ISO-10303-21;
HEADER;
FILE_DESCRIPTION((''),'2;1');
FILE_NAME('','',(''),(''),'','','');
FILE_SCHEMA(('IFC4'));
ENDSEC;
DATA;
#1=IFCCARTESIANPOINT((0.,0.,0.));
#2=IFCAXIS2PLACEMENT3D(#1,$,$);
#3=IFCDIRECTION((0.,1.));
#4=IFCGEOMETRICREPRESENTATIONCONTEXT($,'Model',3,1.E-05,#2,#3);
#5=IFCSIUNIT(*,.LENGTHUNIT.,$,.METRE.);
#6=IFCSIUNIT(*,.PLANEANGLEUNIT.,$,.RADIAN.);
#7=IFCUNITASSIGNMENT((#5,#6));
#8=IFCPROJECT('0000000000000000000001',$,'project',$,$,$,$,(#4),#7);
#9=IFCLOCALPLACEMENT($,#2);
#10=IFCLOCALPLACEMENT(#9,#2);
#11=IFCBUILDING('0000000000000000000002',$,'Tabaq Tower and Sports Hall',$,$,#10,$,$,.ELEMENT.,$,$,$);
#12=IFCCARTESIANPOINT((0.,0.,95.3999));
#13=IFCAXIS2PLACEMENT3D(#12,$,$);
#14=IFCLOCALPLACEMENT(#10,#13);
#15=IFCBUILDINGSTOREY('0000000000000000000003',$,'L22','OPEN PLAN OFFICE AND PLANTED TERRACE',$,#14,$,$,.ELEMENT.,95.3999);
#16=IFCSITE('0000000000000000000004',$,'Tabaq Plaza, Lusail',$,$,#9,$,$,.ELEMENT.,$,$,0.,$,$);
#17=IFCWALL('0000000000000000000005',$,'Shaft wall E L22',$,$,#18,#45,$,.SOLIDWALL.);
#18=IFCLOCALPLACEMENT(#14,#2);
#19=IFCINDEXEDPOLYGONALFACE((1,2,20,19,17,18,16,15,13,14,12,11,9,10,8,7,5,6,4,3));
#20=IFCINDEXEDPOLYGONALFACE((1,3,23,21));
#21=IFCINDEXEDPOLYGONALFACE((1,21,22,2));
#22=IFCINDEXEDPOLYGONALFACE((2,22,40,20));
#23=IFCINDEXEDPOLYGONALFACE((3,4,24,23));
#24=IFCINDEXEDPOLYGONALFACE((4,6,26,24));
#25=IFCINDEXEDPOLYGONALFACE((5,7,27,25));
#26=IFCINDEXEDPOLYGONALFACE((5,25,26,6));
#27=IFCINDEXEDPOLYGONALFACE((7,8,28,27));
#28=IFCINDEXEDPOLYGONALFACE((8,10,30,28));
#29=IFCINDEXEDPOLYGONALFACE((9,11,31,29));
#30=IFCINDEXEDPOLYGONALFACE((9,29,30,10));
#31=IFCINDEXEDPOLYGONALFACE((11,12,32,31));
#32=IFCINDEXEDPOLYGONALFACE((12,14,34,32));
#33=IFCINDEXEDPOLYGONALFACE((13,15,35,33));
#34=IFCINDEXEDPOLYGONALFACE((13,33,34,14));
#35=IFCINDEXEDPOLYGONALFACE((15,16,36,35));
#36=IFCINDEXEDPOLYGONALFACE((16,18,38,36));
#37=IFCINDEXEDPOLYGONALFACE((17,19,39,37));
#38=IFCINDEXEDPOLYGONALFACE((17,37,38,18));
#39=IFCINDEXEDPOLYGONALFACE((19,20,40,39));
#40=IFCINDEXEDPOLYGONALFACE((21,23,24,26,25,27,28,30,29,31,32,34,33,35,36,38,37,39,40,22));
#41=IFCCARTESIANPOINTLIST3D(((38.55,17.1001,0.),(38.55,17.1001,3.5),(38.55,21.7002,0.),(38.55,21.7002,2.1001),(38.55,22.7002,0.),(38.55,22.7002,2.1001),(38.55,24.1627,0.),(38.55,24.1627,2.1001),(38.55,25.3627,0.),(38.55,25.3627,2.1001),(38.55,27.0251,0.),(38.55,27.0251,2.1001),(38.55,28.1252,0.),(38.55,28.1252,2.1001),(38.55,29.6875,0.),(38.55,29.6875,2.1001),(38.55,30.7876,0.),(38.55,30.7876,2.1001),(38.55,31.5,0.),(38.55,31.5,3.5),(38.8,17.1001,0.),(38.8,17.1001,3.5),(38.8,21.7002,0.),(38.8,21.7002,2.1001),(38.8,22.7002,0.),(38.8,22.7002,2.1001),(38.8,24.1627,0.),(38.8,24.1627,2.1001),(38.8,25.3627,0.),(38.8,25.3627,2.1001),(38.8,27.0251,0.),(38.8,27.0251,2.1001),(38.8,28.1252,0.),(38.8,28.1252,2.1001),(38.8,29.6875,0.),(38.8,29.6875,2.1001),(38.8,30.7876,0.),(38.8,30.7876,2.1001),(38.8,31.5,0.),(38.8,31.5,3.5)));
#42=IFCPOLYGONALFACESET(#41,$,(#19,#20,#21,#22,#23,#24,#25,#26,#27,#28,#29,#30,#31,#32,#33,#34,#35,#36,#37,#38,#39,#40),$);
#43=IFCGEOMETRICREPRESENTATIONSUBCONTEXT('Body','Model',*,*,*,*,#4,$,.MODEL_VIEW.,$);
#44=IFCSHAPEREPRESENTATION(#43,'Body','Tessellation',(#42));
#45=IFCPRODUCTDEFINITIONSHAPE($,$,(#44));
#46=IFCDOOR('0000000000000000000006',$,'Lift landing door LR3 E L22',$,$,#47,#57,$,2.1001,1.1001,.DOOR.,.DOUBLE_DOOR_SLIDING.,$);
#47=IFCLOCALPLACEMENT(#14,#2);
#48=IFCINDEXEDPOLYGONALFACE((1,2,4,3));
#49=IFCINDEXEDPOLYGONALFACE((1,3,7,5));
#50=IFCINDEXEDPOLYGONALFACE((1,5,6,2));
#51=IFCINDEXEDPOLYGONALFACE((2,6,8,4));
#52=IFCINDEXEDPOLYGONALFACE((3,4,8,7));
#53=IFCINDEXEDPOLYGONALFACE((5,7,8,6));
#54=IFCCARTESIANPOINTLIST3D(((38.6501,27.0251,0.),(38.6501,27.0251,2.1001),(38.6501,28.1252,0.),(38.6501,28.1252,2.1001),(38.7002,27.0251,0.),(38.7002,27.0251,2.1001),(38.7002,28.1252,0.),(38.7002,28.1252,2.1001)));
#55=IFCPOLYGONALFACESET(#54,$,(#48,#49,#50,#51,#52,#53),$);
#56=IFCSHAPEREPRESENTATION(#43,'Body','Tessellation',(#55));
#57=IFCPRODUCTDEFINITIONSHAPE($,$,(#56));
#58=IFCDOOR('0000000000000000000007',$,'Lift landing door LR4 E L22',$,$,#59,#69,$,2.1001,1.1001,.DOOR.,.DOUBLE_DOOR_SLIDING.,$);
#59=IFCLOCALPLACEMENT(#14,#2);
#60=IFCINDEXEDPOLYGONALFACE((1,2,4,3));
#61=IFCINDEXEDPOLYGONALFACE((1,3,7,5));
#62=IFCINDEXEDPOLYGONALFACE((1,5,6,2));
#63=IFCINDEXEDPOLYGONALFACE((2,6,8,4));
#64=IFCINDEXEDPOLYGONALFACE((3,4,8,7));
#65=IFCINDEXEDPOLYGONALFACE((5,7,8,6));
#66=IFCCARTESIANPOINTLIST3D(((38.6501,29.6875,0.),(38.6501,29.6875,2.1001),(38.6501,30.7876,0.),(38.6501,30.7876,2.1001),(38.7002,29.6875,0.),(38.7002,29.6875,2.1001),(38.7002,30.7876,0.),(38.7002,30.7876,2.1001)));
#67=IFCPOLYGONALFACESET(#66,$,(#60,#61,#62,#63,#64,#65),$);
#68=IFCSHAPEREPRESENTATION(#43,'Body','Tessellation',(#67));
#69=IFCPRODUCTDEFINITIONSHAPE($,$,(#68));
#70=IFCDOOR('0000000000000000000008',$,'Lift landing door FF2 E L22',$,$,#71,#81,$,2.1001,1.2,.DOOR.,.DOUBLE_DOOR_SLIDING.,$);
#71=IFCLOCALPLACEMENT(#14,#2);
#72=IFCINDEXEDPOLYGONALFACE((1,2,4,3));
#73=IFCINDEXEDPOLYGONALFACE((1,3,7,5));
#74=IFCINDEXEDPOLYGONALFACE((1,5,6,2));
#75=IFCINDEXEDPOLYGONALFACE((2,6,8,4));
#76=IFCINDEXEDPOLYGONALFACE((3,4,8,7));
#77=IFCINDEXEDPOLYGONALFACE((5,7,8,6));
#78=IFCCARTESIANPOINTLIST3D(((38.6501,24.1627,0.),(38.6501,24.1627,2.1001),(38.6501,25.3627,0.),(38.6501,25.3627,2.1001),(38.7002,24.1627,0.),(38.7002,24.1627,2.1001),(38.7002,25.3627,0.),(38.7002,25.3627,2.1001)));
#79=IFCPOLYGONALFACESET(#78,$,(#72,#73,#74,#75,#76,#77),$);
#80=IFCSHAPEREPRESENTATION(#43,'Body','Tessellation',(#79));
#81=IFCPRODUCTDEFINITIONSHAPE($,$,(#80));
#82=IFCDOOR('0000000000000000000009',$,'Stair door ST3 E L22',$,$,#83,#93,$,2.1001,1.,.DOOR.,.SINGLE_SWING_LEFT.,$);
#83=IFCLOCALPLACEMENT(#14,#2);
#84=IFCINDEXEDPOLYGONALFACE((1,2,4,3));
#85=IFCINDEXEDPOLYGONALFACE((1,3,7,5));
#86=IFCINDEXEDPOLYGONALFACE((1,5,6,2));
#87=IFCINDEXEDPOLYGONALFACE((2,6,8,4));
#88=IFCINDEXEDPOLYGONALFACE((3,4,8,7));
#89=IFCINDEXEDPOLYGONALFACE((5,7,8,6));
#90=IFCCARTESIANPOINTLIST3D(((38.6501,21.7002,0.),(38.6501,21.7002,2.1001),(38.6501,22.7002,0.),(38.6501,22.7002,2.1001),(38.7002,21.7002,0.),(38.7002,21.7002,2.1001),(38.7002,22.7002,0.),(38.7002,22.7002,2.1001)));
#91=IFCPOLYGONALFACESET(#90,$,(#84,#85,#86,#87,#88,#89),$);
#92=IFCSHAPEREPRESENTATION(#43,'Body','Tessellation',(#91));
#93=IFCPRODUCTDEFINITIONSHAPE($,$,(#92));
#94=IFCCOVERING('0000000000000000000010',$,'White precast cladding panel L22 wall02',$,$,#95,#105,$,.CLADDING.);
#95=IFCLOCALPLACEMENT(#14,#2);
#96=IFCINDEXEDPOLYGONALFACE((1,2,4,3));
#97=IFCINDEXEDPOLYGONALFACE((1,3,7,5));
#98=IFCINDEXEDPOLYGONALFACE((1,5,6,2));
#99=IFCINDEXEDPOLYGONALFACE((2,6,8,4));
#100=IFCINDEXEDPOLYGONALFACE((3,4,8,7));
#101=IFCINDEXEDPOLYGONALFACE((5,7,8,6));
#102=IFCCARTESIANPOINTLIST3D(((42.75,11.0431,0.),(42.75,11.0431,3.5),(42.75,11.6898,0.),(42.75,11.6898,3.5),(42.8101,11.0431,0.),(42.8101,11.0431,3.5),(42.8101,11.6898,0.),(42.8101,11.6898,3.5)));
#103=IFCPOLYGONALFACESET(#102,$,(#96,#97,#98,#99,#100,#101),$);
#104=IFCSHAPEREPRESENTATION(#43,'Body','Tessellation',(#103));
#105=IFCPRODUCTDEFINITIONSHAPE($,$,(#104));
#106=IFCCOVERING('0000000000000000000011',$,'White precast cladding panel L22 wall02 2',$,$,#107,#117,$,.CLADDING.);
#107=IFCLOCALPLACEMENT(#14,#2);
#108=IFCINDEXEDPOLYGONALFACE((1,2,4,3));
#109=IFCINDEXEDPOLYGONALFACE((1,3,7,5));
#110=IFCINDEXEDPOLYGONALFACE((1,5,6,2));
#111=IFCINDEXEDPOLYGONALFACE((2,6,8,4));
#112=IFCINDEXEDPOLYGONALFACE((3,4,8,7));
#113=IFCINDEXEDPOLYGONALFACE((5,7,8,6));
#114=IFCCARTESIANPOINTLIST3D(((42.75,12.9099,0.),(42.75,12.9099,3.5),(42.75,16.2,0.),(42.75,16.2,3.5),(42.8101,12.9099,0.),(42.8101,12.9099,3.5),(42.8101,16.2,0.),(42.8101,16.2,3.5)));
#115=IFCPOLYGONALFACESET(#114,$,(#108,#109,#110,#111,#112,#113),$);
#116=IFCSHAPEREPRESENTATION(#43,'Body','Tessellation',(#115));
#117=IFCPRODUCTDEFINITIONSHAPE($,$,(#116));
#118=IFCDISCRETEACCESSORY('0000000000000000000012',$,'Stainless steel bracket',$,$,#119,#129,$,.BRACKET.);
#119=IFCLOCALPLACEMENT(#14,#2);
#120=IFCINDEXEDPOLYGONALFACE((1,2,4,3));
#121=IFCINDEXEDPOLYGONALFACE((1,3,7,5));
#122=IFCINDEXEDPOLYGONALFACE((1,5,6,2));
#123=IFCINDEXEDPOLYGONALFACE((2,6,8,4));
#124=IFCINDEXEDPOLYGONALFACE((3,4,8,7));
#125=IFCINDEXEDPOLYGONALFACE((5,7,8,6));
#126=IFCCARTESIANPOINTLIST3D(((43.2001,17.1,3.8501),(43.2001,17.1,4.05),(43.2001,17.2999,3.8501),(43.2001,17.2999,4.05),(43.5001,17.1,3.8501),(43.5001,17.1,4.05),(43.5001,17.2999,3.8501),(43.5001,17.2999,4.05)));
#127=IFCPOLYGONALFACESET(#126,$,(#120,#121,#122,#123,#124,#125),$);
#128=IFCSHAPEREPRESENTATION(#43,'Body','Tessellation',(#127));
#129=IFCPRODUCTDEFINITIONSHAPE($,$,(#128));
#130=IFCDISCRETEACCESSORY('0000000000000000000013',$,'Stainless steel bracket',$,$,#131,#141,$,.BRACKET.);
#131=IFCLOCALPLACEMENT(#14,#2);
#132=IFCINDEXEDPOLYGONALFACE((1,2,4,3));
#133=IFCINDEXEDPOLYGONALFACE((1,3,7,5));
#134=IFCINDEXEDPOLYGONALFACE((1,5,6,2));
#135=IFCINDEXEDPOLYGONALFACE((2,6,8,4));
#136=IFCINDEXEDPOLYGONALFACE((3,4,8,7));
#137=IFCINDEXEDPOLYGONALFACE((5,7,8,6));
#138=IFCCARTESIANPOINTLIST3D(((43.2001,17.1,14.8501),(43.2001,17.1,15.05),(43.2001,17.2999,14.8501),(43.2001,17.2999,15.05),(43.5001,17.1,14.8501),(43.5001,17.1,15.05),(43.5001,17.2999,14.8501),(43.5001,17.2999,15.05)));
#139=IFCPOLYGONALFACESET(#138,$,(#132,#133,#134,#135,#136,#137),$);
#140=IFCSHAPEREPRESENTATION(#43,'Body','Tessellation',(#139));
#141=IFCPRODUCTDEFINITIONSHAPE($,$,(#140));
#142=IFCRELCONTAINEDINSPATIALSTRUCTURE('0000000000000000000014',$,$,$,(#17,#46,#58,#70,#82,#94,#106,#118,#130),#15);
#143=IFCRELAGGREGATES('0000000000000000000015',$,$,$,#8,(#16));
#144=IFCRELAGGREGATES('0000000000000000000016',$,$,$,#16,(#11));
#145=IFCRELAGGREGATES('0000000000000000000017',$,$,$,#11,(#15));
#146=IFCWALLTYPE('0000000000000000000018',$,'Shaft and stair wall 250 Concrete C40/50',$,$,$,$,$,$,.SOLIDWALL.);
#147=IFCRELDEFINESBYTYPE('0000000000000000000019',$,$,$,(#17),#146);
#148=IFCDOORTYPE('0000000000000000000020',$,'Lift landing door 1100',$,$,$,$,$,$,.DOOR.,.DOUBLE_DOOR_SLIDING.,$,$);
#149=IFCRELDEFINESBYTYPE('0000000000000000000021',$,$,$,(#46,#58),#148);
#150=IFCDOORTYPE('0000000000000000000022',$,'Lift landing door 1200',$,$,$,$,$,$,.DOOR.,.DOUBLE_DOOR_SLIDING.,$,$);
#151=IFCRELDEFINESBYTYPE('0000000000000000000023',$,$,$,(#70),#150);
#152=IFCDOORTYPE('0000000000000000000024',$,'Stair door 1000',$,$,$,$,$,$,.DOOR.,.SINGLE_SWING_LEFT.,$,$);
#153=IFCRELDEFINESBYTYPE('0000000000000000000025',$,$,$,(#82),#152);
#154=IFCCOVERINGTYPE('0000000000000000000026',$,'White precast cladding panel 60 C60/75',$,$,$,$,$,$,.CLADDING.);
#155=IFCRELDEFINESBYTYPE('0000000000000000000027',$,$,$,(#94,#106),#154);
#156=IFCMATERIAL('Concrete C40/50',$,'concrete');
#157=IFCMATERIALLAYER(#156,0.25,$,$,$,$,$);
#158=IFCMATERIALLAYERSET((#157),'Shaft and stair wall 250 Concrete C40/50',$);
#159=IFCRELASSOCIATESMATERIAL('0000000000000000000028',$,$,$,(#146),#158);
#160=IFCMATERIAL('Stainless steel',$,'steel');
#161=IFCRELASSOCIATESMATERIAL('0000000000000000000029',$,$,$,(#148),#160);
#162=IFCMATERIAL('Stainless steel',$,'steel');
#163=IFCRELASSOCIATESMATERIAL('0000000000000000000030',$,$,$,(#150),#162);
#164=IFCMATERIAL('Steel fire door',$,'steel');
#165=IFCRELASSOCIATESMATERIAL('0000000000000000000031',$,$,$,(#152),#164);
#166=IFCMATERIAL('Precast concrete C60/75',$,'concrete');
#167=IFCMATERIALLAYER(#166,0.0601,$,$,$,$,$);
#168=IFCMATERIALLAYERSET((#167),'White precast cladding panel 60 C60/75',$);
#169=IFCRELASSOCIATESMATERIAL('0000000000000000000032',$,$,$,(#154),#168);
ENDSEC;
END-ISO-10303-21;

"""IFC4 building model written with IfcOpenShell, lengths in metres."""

from ifc_helpers import new_model, si_unit, direction, frame, frame_2d, origin, origin_2d, place, context, subcontext, project, spatial, rectangle, extrude, material, layer, layer_set, type_object, element, fill, save


model = new_model("IFC4")

# Units and contexts
model_context = context("Model", 3, precision=1e-05, world=origin(), true_north=direction((0.0, 1.0)))
body_context = subcontext(model_context, "Body", "Model", "MODEL_VIEW")
ifc_project = project(units=[si_unit("LENGTHUNIT", "METRE"), si_unit("PLANEANGLEUNIT", "RADIAN")], contexts=[model_context])

# Site, building, storey
site_placement = place(None, origin())
site = spatial("IfcSite", under=ifc_project, at=site_placement, Name="Tabaq Plaza, Lusail", CompositionType="ELEMENT", RefElevation=0.0)
building_placement = place(site_placement, origin())
building = spatial("IfcBuilding", under=site, at=building_placement, Name="Tabaq Tower and Sports Hall", CompositionType="ELEMENT")
storey_placement = place(building_placement, frame((0.0, 0.0, 95.3999)))
storey = spatial("IfcBuildingStorey", under=building, at=storey_placement, Name="L22", Description="OPEN PLAN OFFICE AND PLANTED TERRACE", CompositionType="ELEMENT", Elevation=95.3999)

# Wall, openings, doors
ifc_material_1 = material(Name="Concrete C40/50", Category="concrete")
ifc_layer_1 = layer(ifc_material_1, 0.25)
ifc_layer_set_1 = layer_set([ifc_layer_1], Name="Shaft and stair wall 250 Concrete C40/50")
wall_type_1 = type_object("IfcWallType", Name="Shaft and stair wall 250 Concrete C40/50", PredefinedType="SOLIDWALL", material=ifc_layer_set_1)
wall_1_placement = place(storey_placement, frame((38.675, 17.1001, 0.0), z_axis=(0.0, 0.0, 1.0), x_axis=(0.0, 1.0, 0.0)))
wall_1 = element("IfcWall", 1, at=wall_1_placement, inside=storey, type_object=wall_type_1, Name="Shaft wall E L22", PredefinedType="SOLIDWALL", context=body_context, shape_type="SweptSolid", body=[
    extrude(rectangle(XDim=14.3999, YDim=0.25, at=frame_2d((7.2, 0.0))), origin(), (0.0, 0.0, 1.0), 3.5),
])
opening_1_placement = place(wall_1_placement, frame((4.6001, 0.0, 0.0)))
opening_1 = element("IfcOpeningElement", 2, at=opening_1_placement, cuts=wall_1, PredefinedType="OPENING", context=body_context, shape_type="SweptSolid", body=[
    extrude(rectangle(XDim=1.0, YDim=2.1001, at=frame_2d((0.5, 1.05))), frame((0.0, 0.125, 0.0), z_axis=(0.0, -1.0, 0.0), x_axis=(1.0, 0.0, 0.0)), (0.0, 0.0, 1.0), 0.25),
])
opening_2_placement = place(wall_1_placement, frame((7.0625, 0.0, 0.0)))
opening_2 = element("IfcOpeningElement", 3, at=opening_2_placement, cuts=wall_1, PredefinedType="OPENING", context=body_context, shape_type="SweptSolid", body=[
    extrude(rectangle(XDim=1.2, YDim=2.1001, at=frame_2d((0.6001, 1.05))), frame((0.0, 0.125, 0.0), z_axis=(0.0, -1.0, 0.0), x_axis=(1.0, 0.0, 0.0)), (0.0, 0.0, 1.0), 0.25),
])
opening_3_placement = place(wall_1_placement, frame((9.925, 0.0, 0.0)))
opening_3 = element("IfcOpeningElement", 4, at=opening_3_placement, cuts=wall_1, PredefinedType="OPENING", context=body_context, shape_type="SweptSolid", body=[
    extrude(rectangle(XDim=1.1001, YDim=2.1001, at=frame_2d((0.55, 1.05))), frame((0.0, 0.125, 0.0), z_axis=(0.0, -1.0, 0.0), x_axis=(1.0, 0.0, 0.0)), (0.0, 0.0, 1.0), 0.25),
])
opening_4_placement = place(wall_1_placement, frame((12.5874, 0.0, 0.0)))
opening_4 = element("IfcOpeningElement", 5, at=opening_4_placement, cuts=wall_1, PredefinedType="OPENING", context=body_context, shape_type="SweptSolid", body=[
    extrude(rectangle(XDim=1.1001, YDim=2.1001, at=frame_2d((0.55, 1.05))), frame((0.0, 0.125, 0.0), z_axis=(0.0, -1.0, 0.0), x_axis=(1.0, 0.0, 0.0)), (0.0, 0.0, 1.0), 0.25),
])
ifc_material_2 = material(Name="Stainless steel", Category="steel")
door_type_1 = type_object("IfcDoorType", Name="Lift landing door 1100", OperationType="DOUBLE_DOOR_SLIDING", PredefinedType="DOOR", material=ifc_material_2)
door_1_placement = place(opening_3_placement, origin())
door_1 = element("IfcDoor", 6, at=door_1_placement, inside=storey, type_object=door_type_1, Name="Lift landing door LR3 E L22", OperationType="DOUBLE_DOOR_SLIDING", OverallHeight=2.1001, OverallWidth=1.1001, PredefinedType="DOOR", context=body_context, shape_type="SweptSolid", body=[
    extrude(rectangle(XDim=1.1001, YDim=2.1001, at=frame_2d((0.55, 1.05))), frame((0.0, 0.0249, 0.0), z_axis=(0.0, -1.0, 0.0), x_axis=(1.0, 0.0, 0.0)), (0.0, 0.0, 1.0), 0.05),
])
fill(opening_3, door_1)
door_2_placement = place(opening_4_placement, origin())
door_2 = element("IfcDoor", 7, at=door_2_placement, inside=storey, type_object=door_type_1, Name="Lift landing door LR4 E L22", OperationType="DOUBLE_DOOR_SLIDING", OverallHeight=2.1001, OverallWidth=1.1001, PredefinedType="DOOR", context=body_context, shape_type="SweptSolid", body=[
    extrude(rectangle(XDim=1.1001, YDim=2.1001, at=frame_2d((0.55, 1.05))), frame((0.0, 0.0249, 0.0), z_axis=(0.0, -1.0, 0.0), x_axis=(1.0, 0.0, 0.0)), (0.0, 0.0, 1.0), 0.05),
])
fill(opening_4, door_2)
ifc_material_3 = material(Name="Stainless steel", Category="steel")
door_type_2 = type_object("IfcDoorType", Name="Lift landing door 1200", OperationType="DOUBLE_DOOR_SLIDING", PredefinedType="DOOR", material=ifc_material_3)
door_3_placement = place(opening_2_placement, origin())
door_3 = element("IfcDoor", 8, at=door_3_placement, inside=storey, type_object=door_type_2, Name="Lift landing door FF2 E L22", OperationType="DOUBLE_DOOR_SLIDING", OverallHeight=2.1001, OverallWidth=1.2, PredefinedType="DOOR", context=body_context, shape_type="SweptSolid", body=[
    extrude(rectangle(XDim=1.2, YDim=2.1001, at=frame_2d((0.6001, 1.05))), frame((0.0, 0.0249, 0.0), z_axis=(0.0, -1.0, 0.0), x_axis=(1.0, 0.0, 0.0)), (0.0, 0.0, 1.0), 0.05),
])
fill(opening_2, door_3)
ifc_material_4 = material(Name="Steel fire door", Category="steel")
door_type_3 = type_object("IfcDoorType", Name="Stair door 1000", OperationType="SINGLE_SWING_LEFT", PredefinedType="DOOR", material=ifc_material_4)
door_4_placement = place(opening_1_placement, origin())
door_4 = element("IfcDoor", 9, at=door_4_placement, inside=storey, type_object=door_type_3, Name="Stair door ST3 E L22", OperationType="SINGLE_SWING_LEFT", OverallHeight=2.1001, OverallWidth=1.0, PredefinedType="DOOR", context=body_context, shape_type="SweptSolid", body=[
    extrude(rectangle(XDim=1.0, YDim=2.1001, at=frame_2d((0.5, 1.05))), frame((0.0, 0.0249, 0.0), z_axis=(0.0, -1.0, 0.0), x_axis=(1.0, 0.0, 0.0)), (0.0, 0.0, 1.0), 0.05),
])
fill(opening_1, door_4)

# Coverings
ifc_material_5 = material(Name="Precast concrete C60/75", Category="concrete")
ifc_layer_2 = layer(ifc_material_5, 0.0601)
ifc_layer_set_2 = layer_set([ifc_layer_2], Name="White precast cladding panel 60 C60/75")
covering_type = type_object("IfcCoveringType", Name="White precast cladding panel 60 C60/75", PredefinedType="CLADDING", material=ifc_layer_set_2)
covering_1_placement = place(storey_placement, frame((42.78, 11.0432, 0.0), z_axis=(0.0, 0.0, 1.0), x_axis=(0.0, 1.0, 0.0)))
element("IfcCovering", 10, at=covering_1_placement, inside=storey, type_object=covering_type, Name="White precast cladding panel L22 wall02", PredefinedType="CLADDING", context=body_context, shape_type="SweptSolid", body=[
    extrude(rectangle(XDim=0.6467, YDim=0.0601, at=frame_2d((0.3232, 0.0))), origin(), (0.0, 0.0, 1.0), 3.5),
])
covering_2_placement = place(storey_placement, frame((42.78, 12.9099, 0.0), z_axis=(0.0, 0.0, 1.0), x_axis=(0.0, 1.0, 0.0)))
element("IfcCovering", 11, at=covering_2_placement, inside=storey, type_object=covering_type, Name="White precast cladding panel L22 wall02 2", PredefinedType="CLADDING", context=body_context, shape_type="SweptSolid", body=[
    extrude(rectangle(XDim=3.29, YDim=0.0601, at=frame_2d((1.645, 0.0))), origin(), (0.0, 0.0, 1.0), 3.5),
])

# Discrete accessories
for number, where, z_axis, x_axis, name in (
    (12, (43.3501, 17.2, 3.8501), (0.0, 0.0, 1.0), (0.0, 1.0, 0.0), "Stainless steel bracket"),
    (13, (43.3501, 17.2, 14.8501), (0.0, 0.0, 1.0), (0.0, 1.0, 0.0), "Stainless steel bracket"),
):
    element("IfcDiscreteAccessory", number, at=place(storey_placement, frame(where, z_axis=z_axis, x_axis=x_axis)), inside=storey, Name=name, PredefinedType="BRACKET", context=body_context, shape_type="SweptSolid", body=[
        extrude(rectangle(XDim=0.2, YDim=0.3, at=origin_2d()), origin(), (0.0, 0.0, 1.0), 0.2),
    ])

save(model, "model.ifc")
